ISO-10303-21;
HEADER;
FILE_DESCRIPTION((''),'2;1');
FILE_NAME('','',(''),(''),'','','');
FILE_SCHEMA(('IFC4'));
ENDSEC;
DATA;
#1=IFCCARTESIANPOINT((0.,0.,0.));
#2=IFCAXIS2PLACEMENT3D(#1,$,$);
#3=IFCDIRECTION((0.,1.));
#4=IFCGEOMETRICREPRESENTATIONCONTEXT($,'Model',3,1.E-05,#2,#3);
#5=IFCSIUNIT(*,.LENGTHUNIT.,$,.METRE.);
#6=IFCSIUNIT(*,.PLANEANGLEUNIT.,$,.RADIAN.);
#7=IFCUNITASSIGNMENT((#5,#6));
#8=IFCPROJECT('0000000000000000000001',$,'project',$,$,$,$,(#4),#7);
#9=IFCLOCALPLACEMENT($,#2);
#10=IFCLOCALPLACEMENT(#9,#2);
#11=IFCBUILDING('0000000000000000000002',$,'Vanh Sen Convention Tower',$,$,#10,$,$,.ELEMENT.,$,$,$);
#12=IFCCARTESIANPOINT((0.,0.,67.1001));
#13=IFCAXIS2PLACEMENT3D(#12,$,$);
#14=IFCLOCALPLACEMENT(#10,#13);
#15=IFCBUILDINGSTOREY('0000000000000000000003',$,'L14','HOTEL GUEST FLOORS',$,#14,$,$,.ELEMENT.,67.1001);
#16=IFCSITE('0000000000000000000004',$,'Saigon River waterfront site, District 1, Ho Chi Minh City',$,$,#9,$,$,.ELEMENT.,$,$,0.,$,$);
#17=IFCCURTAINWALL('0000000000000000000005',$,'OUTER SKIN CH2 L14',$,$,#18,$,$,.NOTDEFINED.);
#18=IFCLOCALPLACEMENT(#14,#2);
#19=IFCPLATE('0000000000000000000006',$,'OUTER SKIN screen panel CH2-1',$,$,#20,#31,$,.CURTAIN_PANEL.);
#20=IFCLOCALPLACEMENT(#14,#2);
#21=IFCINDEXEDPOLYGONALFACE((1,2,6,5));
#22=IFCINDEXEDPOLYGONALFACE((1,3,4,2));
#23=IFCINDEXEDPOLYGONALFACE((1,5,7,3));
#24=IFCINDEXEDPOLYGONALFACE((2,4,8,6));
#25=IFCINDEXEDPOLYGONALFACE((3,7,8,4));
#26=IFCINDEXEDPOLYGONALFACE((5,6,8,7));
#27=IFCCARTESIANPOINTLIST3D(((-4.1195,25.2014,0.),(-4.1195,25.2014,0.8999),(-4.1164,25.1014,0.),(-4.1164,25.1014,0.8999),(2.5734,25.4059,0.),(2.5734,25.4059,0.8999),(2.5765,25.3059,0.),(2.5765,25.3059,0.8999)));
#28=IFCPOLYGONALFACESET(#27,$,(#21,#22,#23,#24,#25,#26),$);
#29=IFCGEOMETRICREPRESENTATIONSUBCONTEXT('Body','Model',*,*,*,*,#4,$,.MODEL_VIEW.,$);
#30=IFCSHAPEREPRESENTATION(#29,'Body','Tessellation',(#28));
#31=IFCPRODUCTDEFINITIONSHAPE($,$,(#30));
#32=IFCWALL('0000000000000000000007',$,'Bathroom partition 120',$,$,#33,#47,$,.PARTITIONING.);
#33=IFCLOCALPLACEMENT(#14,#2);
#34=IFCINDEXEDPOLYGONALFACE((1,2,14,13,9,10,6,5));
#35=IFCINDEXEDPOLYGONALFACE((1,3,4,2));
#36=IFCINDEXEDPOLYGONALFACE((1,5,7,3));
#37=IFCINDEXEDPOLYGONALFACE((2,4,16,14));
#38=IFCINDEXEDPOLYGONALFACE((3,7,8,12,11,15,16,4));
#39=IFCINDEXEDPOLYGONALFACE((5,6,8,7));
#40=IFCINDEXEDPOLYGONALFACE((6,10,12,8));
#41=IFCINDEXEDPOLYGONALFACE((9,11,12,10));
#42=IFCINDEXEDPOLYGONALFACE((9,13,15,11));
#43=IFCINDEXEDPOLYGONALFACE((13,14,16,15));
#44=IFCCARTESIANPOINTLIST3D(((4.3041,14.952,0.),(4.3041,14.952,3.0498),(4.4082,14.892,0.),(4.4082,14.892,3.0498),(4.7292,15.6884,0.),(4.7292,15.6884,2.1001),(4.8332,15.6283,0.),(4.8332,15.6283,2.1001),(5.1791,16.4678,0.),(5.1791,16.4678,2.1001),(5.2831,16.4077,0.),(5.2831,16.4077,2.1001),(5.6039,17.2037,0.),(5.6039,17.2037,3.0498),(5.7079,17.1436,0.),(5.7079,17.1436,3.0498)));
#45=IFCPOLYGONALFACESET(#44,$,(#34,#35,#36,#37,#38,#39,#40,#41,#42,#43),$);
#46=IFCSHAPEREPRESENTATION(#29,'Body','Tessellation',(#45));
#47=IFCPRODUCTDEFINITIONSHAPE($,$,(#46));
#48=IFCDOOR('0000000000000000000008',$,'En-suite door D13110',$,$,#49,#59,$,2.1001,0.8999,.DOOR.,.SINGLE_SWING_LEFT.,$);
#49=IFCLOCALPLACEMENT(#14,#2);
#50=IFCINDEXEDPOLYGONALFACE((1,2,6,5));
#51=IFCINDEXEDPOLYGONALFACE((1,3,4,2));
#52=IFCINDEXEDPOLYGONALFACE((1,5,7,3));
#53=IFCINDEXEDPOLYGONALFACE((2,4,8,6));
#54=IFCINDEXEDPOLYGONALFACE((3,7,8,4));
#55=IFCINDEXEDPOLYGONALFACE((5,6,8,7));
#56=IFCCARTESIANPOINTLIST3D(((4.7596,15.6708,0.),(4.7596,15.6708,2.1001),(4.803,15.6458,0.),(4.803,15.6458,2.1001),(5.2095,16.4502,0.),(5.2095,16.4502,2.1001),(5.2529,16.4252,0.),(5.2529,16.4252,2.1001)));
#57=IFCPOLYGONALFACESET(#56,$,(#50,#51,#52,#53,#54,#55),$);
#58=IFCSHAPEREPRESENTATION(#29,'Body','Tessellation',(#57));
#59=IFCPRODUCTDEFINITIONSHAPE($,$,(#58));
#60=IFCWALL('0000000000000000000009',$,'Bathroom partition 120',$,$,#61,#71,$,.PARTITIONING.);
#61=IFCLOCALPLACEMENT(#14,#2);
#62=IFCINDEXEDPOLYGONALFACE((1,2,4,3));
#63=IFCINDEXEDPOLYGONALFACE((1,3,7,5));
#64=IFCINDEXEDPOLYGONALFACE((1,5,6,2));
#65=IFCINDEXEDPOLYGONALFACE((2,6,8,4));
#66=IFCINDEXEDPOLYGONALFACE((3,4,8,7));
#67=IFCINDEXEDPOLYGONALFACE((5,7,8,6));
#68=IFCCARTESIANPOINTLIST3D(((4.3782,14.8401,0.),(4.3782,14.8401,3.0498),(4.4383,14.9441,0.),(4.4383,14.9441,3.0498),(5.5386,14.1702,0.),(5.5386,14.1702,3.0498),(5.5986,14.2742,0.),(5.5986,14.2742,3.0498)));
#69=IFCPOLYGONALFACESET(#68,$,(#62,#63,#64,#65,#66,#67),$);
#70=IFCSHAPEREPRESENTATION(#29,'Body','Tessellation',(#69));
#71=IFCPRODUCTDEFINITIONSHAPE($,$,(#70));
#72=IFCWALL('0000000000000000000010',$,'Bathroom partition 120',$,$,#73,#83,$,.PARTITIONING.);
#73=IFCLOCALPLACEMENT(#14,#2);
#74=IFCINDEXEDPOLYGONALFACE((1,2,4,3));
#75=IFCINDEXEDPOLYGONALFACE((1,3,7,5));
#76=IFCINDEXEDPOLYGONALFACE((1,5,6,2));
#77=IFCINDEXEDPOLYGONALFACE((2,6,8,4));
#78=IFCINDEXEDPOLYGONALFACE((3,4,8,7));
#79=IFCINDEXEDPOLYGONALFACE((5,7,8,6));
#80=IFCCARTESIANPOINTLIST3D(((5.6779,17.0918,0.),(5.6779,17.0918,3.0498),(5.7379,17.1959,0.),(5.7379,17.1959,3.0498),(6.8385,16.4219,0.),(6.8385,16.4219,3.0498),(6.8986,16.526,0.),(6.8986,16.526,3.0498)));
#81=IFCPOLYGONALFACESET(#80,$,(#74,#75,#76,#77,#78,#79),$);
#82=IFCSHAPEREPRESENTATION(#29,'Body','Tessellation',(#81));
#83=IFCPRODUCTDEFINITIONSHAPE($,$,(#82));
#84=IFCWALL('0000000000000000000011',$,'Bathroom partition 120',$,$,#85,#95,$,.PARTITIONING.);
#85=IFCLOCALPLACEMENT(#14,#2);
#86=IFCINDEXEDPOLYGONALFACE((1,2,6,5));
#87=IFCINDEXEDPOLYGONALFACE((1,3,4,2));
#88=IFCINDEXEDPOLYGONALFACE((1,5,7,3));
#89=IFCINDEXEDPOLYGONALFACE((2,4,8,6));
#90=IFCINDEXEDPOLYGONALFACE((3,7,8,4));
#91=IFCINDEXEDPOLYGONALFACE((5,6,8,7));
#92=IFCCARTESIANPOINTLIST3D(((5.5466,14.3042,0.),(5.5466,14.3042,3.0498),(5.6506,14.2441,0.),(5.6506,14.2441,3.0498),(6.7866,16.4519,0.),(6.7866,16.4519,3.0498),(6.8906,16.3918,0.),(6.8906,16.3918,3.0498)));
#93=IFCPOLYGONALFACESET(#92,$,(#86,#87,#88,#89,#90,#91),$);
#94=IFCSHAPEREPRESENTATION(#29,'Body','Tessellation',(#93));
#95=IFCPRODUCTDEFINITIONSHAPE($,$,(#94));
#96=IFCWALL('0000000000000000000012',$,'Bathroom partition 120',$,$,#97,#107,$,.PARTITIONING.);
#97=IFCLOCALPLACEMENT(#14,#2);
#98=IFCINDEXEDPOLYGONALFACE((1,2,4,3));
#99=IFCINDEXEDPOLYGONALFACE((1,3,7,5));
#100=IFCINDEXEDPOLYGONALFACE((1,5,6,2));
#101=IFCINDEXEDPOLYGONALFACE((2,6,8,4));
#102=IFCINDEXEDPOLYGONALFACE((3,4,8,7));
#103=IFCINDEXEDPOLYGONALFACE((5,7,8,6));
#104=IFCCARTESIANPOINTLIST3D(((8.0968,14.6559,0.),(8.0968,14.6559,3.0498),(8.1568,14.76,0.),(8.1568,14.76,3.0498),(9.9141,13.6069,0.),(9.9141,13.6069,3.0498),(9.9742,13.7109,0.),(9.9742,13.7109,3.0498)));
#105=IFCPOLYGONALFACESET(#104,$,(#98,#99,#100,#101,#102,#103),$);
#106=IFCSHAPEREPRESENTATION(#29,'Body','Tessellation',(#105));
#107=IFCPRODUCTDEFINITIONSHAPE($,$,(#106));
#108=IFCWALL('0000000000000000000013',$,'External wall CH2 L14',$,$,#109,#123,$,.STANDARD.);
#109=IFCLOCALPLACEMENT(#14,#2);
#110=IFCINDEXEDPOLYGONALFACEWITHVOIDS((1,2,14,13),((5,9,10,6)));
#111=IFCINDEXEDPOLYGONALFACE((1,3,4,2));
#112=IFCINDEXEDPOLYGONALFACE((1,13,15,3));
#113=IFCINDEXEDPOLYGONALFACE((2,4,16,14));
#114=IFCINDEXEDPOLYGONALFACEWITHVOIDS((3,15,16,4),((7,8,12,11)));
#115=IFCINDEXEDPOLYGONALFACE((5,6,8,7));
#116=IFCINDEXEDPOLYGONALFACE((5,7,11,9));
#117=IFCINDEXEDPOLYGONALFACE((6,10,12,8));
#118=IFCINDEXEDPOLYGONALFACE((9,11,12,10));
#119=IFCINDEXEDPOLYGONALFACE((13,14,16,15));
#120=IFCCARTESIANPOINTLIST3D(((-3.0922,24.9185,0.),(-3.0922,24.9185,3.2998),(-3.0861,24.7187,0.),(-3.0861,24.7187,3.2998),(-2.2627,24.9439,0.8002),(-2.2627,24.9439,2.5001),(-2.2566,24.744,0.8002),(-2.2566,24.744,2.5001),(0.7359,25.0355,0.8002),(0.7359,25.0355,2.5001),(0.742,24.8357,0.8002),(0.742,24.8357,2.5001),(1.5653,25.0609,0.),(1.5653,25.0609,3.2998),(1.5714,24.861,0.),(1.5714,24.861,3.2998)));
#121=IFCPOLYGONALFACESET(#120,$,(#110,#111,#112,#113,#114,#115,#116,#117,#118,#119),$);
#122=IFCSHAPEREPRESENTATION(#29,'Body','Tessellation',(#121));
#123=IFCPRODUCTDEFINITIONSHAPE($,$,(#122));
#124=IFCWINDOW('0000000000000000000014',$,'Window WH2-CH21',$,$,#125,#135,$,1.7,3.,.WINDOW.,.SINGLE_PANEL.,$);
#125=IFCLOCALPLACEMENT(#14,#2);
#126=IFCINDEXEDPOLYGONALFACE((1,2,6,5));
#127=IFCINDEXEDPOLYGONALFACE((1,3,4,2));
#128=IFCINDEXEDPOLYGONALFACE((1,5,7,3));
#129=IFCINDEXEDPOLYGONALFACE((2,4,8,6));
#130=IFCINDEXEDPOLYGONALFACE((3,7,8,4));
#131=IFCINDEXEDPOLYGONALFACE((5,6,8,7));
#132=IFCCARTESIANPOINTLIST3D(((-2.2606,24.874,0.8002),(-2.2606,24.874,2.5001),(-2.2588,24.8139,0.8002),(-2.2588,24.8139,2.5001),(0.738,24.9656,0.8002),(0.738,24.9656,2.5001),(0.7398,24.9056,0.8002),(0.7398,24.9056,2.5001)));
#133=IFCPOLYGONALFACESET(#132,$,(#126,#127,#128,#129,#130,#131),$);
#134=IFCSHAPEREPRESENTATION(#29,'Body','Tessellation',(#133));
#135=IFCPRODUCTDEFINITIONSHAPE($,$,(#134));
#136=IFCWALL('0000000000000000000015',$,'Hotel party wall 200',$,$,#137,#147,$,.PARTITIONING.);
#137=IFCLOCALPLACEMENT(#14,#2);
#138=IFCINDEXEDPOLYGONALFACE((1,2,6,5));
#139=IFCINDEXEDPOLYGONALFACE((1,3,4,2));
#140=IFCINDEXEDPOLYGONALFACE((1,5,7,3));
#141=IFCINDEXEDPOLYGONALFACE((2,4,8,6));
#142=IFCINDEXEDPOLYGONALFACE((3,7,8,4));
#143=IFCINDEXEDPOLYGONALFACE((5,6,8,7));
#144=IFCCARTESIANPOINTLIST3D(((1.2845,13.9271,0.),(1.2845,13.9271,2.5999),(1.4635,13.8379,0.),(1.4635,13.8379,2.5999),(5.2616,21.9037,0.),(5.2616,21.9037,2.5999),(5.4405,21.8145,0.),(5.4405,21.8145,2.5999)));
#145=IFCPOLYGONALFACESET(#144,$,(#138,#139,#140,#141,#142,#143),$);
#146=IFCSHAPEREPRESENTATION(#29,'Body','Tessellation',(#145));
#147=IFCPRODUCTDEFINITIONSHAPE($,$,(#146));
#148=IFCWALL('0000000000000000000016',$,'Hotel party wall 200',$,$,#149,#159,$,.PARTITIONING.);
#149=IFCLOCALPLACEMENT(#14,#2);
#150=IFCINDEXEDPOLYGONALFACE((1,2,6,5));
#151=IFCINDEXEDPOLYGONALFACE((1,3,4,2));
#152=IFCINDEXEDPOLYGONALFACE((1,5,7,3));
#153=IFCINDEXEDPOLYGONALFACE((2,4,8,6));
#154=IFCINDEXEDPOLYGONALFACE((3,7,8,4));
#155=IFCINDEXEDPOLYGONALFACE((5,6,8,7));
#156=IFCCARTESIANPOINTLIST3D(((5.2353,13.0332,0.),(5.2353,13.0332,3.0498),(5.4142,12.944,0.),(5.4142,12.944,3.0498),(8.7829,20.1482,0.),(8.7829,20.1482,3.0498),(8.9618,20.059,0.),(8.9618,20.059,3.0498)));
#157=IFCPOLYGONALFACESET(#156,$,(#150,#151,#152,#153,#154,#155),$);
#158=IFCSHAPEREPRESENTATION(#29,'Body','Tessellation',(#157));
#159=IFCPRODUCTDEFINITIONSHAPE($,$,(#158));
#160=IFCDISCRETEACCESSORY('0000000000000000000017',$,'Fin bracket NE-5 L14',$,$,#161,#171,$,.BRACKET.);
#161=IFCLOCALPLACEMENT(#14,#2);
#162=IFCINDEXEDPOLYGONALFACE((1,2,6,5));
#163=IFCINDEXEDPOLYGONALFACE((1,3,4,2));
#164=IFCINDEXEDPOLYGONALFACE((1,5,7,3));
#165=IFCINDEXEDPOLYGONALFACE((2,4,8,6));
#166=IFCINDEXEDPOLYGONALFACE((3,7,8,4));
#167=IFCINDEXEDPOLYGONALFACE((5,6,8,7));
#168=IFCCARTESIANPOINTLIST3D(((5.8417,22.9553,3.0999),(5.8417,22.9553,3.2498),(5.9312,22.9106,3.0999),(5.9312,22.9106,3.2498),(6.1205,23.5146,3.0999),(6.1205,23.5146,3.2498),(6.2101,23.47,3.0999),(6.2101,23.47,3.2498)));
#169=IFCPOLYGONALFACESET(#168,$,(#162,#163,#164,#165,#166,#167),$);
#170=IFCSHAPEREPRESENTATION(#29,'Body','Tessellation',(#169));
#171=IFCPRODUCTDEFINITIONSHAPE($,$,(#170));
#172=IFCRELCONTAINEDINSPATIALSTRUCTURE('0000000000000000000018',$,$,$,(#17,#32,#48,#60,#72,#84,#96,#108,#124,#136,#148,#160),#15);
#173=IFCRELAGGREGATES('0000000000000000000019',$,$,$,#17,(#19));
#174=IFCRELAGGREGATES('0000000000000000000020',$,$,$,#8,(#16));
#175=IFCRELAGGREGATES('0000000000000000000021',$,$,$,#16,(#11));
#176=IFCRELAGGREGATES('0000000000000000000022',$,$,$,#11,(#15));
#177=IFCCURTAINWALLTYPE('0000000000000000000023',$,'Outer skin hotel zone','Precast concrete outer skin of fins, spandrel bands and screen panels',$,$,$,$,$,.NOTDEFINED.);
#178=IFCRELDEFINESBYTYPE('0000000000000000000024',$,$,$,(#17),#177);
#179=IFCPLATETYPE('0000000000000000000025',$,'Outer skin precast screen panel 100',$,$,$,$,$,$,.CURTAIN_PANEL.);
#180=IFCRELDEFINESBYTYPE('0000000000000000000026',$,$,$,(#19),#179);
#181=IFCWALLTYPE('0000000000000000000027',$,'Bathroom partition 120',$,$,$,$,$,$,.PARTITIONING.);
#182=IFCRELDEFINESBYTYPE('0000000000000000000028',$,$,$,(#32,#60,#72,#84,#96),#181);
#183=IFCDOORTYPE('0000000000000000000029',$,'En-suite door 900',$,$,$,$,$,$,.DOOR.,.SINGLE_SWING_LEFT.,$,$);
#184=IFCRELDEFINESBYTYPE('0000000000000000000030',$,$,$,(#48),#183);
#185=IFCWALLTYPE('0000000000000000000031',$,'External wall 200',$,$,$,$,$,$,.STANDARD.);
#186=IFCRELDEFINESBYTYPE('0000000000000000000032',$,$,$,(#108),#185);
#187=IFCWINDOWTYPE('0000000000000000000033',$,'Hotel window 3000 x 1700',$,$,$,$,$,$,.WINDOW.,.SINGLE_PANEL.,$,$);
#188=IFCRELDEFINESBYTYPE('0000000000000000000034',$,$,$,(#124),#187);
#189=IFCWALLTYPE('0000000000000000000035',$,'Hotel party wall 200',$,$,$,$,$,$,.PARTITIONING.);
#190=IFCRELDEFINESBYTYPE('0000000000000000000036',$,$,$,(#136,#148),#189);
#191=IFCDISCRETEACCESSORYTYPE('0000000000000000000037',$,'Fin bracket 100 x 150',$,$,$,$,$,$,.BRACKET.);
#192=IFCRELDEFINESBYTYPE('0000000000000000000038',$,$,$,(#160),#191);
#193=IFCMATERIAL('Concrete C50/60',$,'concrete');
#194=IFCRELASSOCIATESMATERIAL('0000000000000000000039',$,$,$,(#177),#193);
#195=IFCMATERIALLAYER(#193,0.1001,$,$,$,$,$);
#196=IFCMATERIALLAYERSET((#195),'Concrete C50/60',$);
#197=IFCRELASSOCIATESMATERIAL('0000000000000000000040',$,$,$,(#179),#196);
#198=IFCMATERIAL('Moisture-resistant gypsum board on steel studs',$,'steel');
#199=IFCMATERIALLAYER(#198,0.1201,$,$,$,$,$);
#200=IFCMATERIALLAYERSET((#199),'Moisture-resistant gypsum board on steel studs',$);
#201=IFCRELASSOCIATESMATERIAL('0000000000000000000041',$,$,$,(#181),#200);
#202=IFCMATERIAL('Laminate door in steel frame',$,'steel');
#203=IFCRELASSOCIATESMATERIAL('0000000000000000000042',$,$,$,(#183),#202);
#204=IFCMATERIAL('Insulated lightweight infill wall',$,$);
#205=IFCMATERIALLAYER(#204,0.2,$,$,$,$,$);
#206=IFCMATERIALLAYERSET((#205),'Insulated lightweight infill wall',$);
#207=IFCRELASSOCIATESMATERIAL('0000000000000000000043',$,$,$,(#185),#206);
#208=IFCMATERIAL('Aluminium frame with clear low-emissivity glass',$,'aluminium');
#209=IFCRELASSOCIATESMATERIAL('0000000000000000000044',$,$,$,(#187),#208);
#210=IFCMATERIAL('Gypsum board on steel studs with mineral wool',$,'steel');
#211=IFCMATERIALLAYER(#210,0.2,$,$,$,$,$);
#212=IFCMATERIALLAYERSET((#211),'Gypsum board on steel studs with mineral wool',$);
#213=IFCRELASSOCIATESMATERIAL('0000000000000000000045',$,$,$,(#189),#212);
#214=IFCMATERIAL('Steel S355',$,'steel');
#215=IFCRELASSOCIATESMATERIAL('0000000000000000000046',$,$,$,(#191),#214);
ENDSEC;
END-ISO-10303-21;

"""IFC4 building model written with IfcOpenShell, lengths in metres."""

from ifc_helpers import new_model, si_unit, direction, frame, frame_2d, origin, origin_2d, place, context, subcontext, project, spatial, rectangle, extrude, material, layer, layer_set, type_object, element, fill, aggregate, save


model = new_model("IFC4")

# Units and contexts
model_context = context("Model", 3, precision=1e-05, world=origin(), true_north=direction((0.0, 1.0)))
body_context = subcontext(model_context, "Body", "Model", "MODEL_VIEW")
ifc_project = project(units=[si_unit("LENGTHUNIT", "METRE"), si_unit("PLANEANGLEUNIT", "RADIAN")], contexts=[model_context])

# Site, building, storey
site_placement = place(None, origin())
site = spatial("IfcSite", under=ifc_project, at=site_placement, Name="Saigon River waterfront site, District 1, Ho Chi Minh City", CompositionType="ELEMENT", RefElevation=0.0)
building_placement = place(site_placement, origin())
building = spatial("IfcBuilding", under=site, at=building_placement, Name="Vanh Sen Convention Tower", CompositionType="ELEMENT")
storey_placement = place(building_placement, frame((0.0, 0.0, 67.1001)))
storey = spatial("IfcBuildingStorey", under=building, at=storey_placement, Name="L14", Description="HOTEL GUEST FLOORS", CompositionType="ELEMENT", Elevation=67.1001)

# Shared definitions
ifc_material_1 = material(Name="Concrete C50/60", Category="concrete")
curtain_wall_type = type_object("IfcCurtainWallType", Name="Outer skin hotel zone", Description="Precast concrete outer skin of fins, spandrel bands and screen panels", PredefinedType="NOTDEFINED", material=ifc_material_1)

# Curtain wall
curtain_wall_1_placement = place(storey_placement, origin())
curtain_wall_1 = element("IfcCurtainWall", 1, at=curtain_wall_1_placement, inside=storey, type_object=curtain_wall_type, Name="OUTER SKIN CH2 L14", PredefinedType="NOTDEFINED")

# Plate
ifc_layer_1 = layer(ifc_material_1, 0.1001)
ifc_layer_set_1 = layer_set([ifc_layer_1], Name="Concrete C50/60")
plate_type = type_object("IfcPlateType", Name="Outer skin precast screen panel 100", PredefinedType="CURTAIN_PANEL", material=ifc_layer_set_1)
plate_1_placement = place(storey_placement, frame((-0.7715, 25.2537, 0.0), z_axis=(0.0, 0.0, 1.0), x_axis=(-0.999534, -0.030537, 0.0)))
plate_1 = element("IfcPlate", 2, at=plate_1_placement, type_object=plate_type, Name="OUTER SKIN screen panel CH2-1", PredefinedType="CURTAIN_PANEL", context=body_context, shape_type="SweptSolid", body=[
    extrude(rectangle(XDim=6.696, YDim=0.1001, at=origin_2d()), origin(), (0.0, 0.0, 1.0), 0.8999),
])
aggregate(curtain_wall_1, [plate_1])

# Wall, opening, door
ifc_material_2 = material(Name="Moisture-resistant gypsum board on steel studs", Category="steel")
ifc_layer_2 = layer(ifc_material_2, 0.1201)
ifc_layer_set_2 = layer_set([ifc_layer_2], Name="Moisture-resistant gypsum board on steel studs")
wall_type_1 = type_object("IfcWallType", Name="Bathroom partition 120", PredefinedType="PARTITIONING", material=ifc_layer_set_2)
wall_1_placement = place(storey_placement, frame((4.3562, 14.9221, 0.0), z_axis=(0.0, 0.0, 1.0), x_axis=(0.499937, 0.866062, 0.0)))
wall_1 = element("IfcWall", 3, at=wall_1_placement, inside=storey, type_object=wall_type_1, Name="Bathroom partition 120", PredefinedType="PARTITIONING", context=body_context, shape_type="SweptSolid", body=[
    extrude(rectangle(XDim=2.5999, YDim=0.1201, at=frame_2d((1.2998, 0.0))), origin(), (0.0, 0.0, 1.0), 3.0498),
])
opening_1_placement = place(wall_1_placement, frame((0.8501, 0.0, 0.0)))
opening_1 = element("IfcOpeningElement", 4, at=opening_1_placement, cuts=wall_1, PredefinedType="OPENING", context=body_context, shape_type="SweptSolid", body=[
    extrude(rectangle(XDim=0.8999, YDim=2.1001, at=frame_2d((0.45, 1.05))), frame((0.0, 0.0701, 0.0), z_axis=(0.0, -1.0, 0.0), x_axis=(1.0, 0.0, 0.0)), (0.0, 0.0, 1.0), 0.1401),
])
ifc_material_3 = material(Name="Laminate door in steel frame", Category="steel")
door_type = type_object("IfcDoorType", Name="En-suite door 900", OperationType="SINGLE_SWING_LEFT", PredefinedType="DOOR", material=ifc_material_3)
door_placement = place(opening_1_placement, origin())
door = element("IfcDoor", 5, at=door_placement, inside=storey, type_object=door_type, Name="En-suite door D13110", OperationType="SINGLE_SWING_LEFT", OverallHeight=2.1001, OverallWidth=0.8999, PredefinedType="DOOR", context=body_context, shape_type="SweptSolid", body=[
    extrude(rectangle(XDim=0.8999, YDim=2.1001, at=frame_2d((0.45, 1.05))), frame((0.0, 0.0249, 0.0), z_axis=(0.0, -1.0, 0.0), x_axis=(1.0, 0.0, 0.0)), (0.0, 0.0, 1.0), 0.05),
])
fill(opening_1, door)

# Walls
wall_2_placement = place(storey_placement, frame((5.5686, 14.2222, 0.0), z_axis=(0.0, 0.0, 1.0), x_axis=(-0.866037, 0.49998, 0.0)))
element("IfcWall", 6, at=wall_2_placement, inside=storey, type_object=wall_type_1, Name="Bathroom partition 120", PredefinedType="PARTITIONING", context=body_context, shape_type="SweptSolid", body=[
    extrude(rectangle(XDim=1.3398, YDim=0.1201, at=frame_2d((0.6699, 0.0))), origin(), (0.0, 0.0, 1.0), 3.0498),
])
wall_3_placement = place(storey_placement, frame((5.708, 17.1438, 0.0), z_axis=(0.0, 0.0, 1.0), x_axis=(0.866082, -0.499901, 0.0)))
element("IfcWall", 7, at=wall_3_placement, inside=storey, type_object=wall_type_1, Name="Bathroom partition 120", PredefinedType="PARTITIONING", context=body_context, shape_type="SweptSolid", body=[
    extrude(rectangle(XDim=1.3401, YDim=0.1201, at=frame_2d((0.6699, 0.0))), origin(), (0.0, 0.0, 1.0), 3.0498),
])
wall_4_placement = place(storey_placement, frame((6.8386, 16.4219, 0.0), z_axis=(0.0, 0.0, 1.0), x_axis=(-0.500004, -0.866023, 0.0)))
element("IfcWall", 8, at=wall_4_placement, inside=storey, type_object=wall_type_1, Name="Bathroom partition 120", PredefinedType="PARTITIONING", context=body_context, shape_type="SweptSolid", body=[
    extrude(rectangle(XDim=2.48, YDim=0.1201, at=frame_2d((1.24, 0.0))), origin(), (0.0, 0.0, 1.0), 3.0498),
])
wall_5_placement = place(storey_placement, frame((8.1267, 14.708, 0.0), z_axis=(0.0, 0.0, 1.0), x_axis=(0.866065, -0.499931, 0.0)))
element("IfcWall", 9, at=wall_5_placement, inside=storey, type_object=wall_type_1, Name="Bathroom partition 120", PredefinedType="PARTITIONING", context=body_context, shape_type="SweptSolid", body=[
    extrude(rectangle(XDim=2.0984, YDim=0.1201, at=frame_2d((1.0493, 0.0))), origin(), (0.0, 0.0, 1.0), 3.0498),
])

# Wall, opening, window
ifc_material_4 = material(Name="Insulated lightweight infill wall")
ifc_layer_3 = layer(ifc_material_4, 0.2)
ifc_layer_set_3 = layer_set([ifc_layer_3], Name="Insulated lightweight infill wall")
wall_type_2 = type_object("IfcWallType", Name="External wall 200", PredefinedType="STANDARD", material=ifc_layer_set_3)
wall_6_placement = place(storey_placement, frame((1.5684, 24.9609, 0.0), z_axis=(0.0, 0.0, 1.0), x_axis=(-0.999533, -0.030546, 0.0)))
wall_6 = element("IfcWall", 10, at=wall_6_placement, inside=storey, type_object=wall_type_2, Name="External wall CH2 L14", PredefinedType="STANDARD", context=body_context, shape_type="SweptSolid", body=[
    extrude(rectangle(XDim=4.6597, YDim=0.2, at=frame_2d((2.3298, 0.0))), origin(), (0.0, 0.0, 1.0), 3.2998),
])
opening_2_placement = place(wall_6_placement, frame((0.8298, 0.0, 0.8)))
opening_2 = element("IfcOpeningElement", 11, at=opening_2_placement, cuts=wall_6, PredefinedType="OPENING", context=body_context, shape_type="SweptSolid", body=[
    extrude(rectangle(XDim=3.0, YDim=1.7, at=frame_2d((1.5, 0.8501))), frame((0.0, 0.1099, 0.0), z_axis=(0.0, -1.0, 0.0), x_axis=(1.0, 0.0, 0.0)), (0.0, 0.0, 1.0), 0.22),
])
ifc_material_5 = material(Name="Aluminium frame with clear low-emissivity glass", Category="aluminium")
window_type = type_object("IfcWindowType", Name="Hotel window 3000 x 1700", PartitioningType="SINGLE_PANEL", PredefinedType="WINDOW", material=ifc_material_5)
window_placement = place(opening_2_placement, origin())
window = element("IfcWindow", 12, at=window_placement, inside=storey, type_object=window_type, Name="Window WH2-CH21", OverallHeight=1.7, OverallWidth=3.0, PartitioningType="SINGLE_PANEL", PredefinedType="WINDOW", context=body_context, shape_type="SweptSolid", body=[
    extrude(rectangle(XDim=3.0, YDim=1.7, at=frame_2d((1.5, 0.8501))), frame((0.0, 0.03, 0.0), z_axis=(0.0, -1.0, 0.0), x_axis=(1.0, 0.0, 0.0)), (0.0, 0.0, 1.0), 0.0601),
])
fill(opening_2, window)

# Walls
ifc_material_6 = material(Name="Gypsum board on steel studs with mineral wool", Category="steel")
ifc_layer_4 = layer(ifc_material_6, 0.2)
ifc_layer_set_4 = layer_set([ifc_layer_4], Name="Gypsum board on steel studs with mineral wool")
wall_type_3 = type_object("IfcWallType", Name="Hotel party wall 200", PredefinedType="PARTITIONING", material=ifc_layer_set_4)
wall_7_placement = place(storey_placement, frame((5.3511, 21.8591, 0.0), z_axis=(0.0, 0.0, 1.0), x_axis=(-0.446205, -0.894931, 0.0)))
element("IfcWall", 13, at=wall_7_placement, inside=storey, type_object=wall_type_3, Name="Hotel party wall 200", PredefinedType="PARTITIONING", context=body_context, shape_type="SweptSolid", body=[
    extrude(rectangle(XDim=8.9131, YDim=0.2, at=frame_2d((4.4565, 0.0))), origin(), (0.0, 0.0, 1.0), 2.5999),
])
wall_8_placement = place(storey_placement, frame((8.8723, 20.1035, 0.0), z_axis=(0.0, 0.0, 1.0), x_axis=(-0.446218, -0.894924, 0.0)))
element("IfcWall", 14, at=wall_8_placement, inside=storey, type_object=wall_type_3, Name="Hotel party wall 200", PredefinedType="PARTITIONING", context=body_context, shape_type="SweptSolid", body=[
    extrude(rectangle(XDim=7.9504, YDim=0.2, at=frame_2d((3.9751, 0.0))), origin(), (0.0, 0.0, 1.0), 3.0498),
])

# Discrete accessory
ifc_material_7 = material(Name="Steel S355", Category="steel")
discrete_accessory_type = type_object("IfcDiscreteAccessoryType", Name="Fin bracket 100 x 150", PredefinedType="BRACKET", material=ifc_material_7)
discrete_accessory_placement = place(storey_placement, frame((6.0259, 23.2126, 3.0999), z_axis=(0.0, 0.0, 1.0), x_axis=(0.446198, 0.894934, 0.0)))
element("IfcDiscreteAccessory", 15, at=discrete_accessory_placement, inside=storey, type_object=discrete_accessory_type, Name="Fin bracket NE-5 L14", PredefinedType="BRACKET", context=body_context, shape_type="SweptSolid", body=[
    extrude(rectangle(XDim=0.625, YDim=0.1001, at=origin_2d()), origin(), (0.0, 0.0, 1.0), 0.1499),
])

save(model, "model.ifc")
